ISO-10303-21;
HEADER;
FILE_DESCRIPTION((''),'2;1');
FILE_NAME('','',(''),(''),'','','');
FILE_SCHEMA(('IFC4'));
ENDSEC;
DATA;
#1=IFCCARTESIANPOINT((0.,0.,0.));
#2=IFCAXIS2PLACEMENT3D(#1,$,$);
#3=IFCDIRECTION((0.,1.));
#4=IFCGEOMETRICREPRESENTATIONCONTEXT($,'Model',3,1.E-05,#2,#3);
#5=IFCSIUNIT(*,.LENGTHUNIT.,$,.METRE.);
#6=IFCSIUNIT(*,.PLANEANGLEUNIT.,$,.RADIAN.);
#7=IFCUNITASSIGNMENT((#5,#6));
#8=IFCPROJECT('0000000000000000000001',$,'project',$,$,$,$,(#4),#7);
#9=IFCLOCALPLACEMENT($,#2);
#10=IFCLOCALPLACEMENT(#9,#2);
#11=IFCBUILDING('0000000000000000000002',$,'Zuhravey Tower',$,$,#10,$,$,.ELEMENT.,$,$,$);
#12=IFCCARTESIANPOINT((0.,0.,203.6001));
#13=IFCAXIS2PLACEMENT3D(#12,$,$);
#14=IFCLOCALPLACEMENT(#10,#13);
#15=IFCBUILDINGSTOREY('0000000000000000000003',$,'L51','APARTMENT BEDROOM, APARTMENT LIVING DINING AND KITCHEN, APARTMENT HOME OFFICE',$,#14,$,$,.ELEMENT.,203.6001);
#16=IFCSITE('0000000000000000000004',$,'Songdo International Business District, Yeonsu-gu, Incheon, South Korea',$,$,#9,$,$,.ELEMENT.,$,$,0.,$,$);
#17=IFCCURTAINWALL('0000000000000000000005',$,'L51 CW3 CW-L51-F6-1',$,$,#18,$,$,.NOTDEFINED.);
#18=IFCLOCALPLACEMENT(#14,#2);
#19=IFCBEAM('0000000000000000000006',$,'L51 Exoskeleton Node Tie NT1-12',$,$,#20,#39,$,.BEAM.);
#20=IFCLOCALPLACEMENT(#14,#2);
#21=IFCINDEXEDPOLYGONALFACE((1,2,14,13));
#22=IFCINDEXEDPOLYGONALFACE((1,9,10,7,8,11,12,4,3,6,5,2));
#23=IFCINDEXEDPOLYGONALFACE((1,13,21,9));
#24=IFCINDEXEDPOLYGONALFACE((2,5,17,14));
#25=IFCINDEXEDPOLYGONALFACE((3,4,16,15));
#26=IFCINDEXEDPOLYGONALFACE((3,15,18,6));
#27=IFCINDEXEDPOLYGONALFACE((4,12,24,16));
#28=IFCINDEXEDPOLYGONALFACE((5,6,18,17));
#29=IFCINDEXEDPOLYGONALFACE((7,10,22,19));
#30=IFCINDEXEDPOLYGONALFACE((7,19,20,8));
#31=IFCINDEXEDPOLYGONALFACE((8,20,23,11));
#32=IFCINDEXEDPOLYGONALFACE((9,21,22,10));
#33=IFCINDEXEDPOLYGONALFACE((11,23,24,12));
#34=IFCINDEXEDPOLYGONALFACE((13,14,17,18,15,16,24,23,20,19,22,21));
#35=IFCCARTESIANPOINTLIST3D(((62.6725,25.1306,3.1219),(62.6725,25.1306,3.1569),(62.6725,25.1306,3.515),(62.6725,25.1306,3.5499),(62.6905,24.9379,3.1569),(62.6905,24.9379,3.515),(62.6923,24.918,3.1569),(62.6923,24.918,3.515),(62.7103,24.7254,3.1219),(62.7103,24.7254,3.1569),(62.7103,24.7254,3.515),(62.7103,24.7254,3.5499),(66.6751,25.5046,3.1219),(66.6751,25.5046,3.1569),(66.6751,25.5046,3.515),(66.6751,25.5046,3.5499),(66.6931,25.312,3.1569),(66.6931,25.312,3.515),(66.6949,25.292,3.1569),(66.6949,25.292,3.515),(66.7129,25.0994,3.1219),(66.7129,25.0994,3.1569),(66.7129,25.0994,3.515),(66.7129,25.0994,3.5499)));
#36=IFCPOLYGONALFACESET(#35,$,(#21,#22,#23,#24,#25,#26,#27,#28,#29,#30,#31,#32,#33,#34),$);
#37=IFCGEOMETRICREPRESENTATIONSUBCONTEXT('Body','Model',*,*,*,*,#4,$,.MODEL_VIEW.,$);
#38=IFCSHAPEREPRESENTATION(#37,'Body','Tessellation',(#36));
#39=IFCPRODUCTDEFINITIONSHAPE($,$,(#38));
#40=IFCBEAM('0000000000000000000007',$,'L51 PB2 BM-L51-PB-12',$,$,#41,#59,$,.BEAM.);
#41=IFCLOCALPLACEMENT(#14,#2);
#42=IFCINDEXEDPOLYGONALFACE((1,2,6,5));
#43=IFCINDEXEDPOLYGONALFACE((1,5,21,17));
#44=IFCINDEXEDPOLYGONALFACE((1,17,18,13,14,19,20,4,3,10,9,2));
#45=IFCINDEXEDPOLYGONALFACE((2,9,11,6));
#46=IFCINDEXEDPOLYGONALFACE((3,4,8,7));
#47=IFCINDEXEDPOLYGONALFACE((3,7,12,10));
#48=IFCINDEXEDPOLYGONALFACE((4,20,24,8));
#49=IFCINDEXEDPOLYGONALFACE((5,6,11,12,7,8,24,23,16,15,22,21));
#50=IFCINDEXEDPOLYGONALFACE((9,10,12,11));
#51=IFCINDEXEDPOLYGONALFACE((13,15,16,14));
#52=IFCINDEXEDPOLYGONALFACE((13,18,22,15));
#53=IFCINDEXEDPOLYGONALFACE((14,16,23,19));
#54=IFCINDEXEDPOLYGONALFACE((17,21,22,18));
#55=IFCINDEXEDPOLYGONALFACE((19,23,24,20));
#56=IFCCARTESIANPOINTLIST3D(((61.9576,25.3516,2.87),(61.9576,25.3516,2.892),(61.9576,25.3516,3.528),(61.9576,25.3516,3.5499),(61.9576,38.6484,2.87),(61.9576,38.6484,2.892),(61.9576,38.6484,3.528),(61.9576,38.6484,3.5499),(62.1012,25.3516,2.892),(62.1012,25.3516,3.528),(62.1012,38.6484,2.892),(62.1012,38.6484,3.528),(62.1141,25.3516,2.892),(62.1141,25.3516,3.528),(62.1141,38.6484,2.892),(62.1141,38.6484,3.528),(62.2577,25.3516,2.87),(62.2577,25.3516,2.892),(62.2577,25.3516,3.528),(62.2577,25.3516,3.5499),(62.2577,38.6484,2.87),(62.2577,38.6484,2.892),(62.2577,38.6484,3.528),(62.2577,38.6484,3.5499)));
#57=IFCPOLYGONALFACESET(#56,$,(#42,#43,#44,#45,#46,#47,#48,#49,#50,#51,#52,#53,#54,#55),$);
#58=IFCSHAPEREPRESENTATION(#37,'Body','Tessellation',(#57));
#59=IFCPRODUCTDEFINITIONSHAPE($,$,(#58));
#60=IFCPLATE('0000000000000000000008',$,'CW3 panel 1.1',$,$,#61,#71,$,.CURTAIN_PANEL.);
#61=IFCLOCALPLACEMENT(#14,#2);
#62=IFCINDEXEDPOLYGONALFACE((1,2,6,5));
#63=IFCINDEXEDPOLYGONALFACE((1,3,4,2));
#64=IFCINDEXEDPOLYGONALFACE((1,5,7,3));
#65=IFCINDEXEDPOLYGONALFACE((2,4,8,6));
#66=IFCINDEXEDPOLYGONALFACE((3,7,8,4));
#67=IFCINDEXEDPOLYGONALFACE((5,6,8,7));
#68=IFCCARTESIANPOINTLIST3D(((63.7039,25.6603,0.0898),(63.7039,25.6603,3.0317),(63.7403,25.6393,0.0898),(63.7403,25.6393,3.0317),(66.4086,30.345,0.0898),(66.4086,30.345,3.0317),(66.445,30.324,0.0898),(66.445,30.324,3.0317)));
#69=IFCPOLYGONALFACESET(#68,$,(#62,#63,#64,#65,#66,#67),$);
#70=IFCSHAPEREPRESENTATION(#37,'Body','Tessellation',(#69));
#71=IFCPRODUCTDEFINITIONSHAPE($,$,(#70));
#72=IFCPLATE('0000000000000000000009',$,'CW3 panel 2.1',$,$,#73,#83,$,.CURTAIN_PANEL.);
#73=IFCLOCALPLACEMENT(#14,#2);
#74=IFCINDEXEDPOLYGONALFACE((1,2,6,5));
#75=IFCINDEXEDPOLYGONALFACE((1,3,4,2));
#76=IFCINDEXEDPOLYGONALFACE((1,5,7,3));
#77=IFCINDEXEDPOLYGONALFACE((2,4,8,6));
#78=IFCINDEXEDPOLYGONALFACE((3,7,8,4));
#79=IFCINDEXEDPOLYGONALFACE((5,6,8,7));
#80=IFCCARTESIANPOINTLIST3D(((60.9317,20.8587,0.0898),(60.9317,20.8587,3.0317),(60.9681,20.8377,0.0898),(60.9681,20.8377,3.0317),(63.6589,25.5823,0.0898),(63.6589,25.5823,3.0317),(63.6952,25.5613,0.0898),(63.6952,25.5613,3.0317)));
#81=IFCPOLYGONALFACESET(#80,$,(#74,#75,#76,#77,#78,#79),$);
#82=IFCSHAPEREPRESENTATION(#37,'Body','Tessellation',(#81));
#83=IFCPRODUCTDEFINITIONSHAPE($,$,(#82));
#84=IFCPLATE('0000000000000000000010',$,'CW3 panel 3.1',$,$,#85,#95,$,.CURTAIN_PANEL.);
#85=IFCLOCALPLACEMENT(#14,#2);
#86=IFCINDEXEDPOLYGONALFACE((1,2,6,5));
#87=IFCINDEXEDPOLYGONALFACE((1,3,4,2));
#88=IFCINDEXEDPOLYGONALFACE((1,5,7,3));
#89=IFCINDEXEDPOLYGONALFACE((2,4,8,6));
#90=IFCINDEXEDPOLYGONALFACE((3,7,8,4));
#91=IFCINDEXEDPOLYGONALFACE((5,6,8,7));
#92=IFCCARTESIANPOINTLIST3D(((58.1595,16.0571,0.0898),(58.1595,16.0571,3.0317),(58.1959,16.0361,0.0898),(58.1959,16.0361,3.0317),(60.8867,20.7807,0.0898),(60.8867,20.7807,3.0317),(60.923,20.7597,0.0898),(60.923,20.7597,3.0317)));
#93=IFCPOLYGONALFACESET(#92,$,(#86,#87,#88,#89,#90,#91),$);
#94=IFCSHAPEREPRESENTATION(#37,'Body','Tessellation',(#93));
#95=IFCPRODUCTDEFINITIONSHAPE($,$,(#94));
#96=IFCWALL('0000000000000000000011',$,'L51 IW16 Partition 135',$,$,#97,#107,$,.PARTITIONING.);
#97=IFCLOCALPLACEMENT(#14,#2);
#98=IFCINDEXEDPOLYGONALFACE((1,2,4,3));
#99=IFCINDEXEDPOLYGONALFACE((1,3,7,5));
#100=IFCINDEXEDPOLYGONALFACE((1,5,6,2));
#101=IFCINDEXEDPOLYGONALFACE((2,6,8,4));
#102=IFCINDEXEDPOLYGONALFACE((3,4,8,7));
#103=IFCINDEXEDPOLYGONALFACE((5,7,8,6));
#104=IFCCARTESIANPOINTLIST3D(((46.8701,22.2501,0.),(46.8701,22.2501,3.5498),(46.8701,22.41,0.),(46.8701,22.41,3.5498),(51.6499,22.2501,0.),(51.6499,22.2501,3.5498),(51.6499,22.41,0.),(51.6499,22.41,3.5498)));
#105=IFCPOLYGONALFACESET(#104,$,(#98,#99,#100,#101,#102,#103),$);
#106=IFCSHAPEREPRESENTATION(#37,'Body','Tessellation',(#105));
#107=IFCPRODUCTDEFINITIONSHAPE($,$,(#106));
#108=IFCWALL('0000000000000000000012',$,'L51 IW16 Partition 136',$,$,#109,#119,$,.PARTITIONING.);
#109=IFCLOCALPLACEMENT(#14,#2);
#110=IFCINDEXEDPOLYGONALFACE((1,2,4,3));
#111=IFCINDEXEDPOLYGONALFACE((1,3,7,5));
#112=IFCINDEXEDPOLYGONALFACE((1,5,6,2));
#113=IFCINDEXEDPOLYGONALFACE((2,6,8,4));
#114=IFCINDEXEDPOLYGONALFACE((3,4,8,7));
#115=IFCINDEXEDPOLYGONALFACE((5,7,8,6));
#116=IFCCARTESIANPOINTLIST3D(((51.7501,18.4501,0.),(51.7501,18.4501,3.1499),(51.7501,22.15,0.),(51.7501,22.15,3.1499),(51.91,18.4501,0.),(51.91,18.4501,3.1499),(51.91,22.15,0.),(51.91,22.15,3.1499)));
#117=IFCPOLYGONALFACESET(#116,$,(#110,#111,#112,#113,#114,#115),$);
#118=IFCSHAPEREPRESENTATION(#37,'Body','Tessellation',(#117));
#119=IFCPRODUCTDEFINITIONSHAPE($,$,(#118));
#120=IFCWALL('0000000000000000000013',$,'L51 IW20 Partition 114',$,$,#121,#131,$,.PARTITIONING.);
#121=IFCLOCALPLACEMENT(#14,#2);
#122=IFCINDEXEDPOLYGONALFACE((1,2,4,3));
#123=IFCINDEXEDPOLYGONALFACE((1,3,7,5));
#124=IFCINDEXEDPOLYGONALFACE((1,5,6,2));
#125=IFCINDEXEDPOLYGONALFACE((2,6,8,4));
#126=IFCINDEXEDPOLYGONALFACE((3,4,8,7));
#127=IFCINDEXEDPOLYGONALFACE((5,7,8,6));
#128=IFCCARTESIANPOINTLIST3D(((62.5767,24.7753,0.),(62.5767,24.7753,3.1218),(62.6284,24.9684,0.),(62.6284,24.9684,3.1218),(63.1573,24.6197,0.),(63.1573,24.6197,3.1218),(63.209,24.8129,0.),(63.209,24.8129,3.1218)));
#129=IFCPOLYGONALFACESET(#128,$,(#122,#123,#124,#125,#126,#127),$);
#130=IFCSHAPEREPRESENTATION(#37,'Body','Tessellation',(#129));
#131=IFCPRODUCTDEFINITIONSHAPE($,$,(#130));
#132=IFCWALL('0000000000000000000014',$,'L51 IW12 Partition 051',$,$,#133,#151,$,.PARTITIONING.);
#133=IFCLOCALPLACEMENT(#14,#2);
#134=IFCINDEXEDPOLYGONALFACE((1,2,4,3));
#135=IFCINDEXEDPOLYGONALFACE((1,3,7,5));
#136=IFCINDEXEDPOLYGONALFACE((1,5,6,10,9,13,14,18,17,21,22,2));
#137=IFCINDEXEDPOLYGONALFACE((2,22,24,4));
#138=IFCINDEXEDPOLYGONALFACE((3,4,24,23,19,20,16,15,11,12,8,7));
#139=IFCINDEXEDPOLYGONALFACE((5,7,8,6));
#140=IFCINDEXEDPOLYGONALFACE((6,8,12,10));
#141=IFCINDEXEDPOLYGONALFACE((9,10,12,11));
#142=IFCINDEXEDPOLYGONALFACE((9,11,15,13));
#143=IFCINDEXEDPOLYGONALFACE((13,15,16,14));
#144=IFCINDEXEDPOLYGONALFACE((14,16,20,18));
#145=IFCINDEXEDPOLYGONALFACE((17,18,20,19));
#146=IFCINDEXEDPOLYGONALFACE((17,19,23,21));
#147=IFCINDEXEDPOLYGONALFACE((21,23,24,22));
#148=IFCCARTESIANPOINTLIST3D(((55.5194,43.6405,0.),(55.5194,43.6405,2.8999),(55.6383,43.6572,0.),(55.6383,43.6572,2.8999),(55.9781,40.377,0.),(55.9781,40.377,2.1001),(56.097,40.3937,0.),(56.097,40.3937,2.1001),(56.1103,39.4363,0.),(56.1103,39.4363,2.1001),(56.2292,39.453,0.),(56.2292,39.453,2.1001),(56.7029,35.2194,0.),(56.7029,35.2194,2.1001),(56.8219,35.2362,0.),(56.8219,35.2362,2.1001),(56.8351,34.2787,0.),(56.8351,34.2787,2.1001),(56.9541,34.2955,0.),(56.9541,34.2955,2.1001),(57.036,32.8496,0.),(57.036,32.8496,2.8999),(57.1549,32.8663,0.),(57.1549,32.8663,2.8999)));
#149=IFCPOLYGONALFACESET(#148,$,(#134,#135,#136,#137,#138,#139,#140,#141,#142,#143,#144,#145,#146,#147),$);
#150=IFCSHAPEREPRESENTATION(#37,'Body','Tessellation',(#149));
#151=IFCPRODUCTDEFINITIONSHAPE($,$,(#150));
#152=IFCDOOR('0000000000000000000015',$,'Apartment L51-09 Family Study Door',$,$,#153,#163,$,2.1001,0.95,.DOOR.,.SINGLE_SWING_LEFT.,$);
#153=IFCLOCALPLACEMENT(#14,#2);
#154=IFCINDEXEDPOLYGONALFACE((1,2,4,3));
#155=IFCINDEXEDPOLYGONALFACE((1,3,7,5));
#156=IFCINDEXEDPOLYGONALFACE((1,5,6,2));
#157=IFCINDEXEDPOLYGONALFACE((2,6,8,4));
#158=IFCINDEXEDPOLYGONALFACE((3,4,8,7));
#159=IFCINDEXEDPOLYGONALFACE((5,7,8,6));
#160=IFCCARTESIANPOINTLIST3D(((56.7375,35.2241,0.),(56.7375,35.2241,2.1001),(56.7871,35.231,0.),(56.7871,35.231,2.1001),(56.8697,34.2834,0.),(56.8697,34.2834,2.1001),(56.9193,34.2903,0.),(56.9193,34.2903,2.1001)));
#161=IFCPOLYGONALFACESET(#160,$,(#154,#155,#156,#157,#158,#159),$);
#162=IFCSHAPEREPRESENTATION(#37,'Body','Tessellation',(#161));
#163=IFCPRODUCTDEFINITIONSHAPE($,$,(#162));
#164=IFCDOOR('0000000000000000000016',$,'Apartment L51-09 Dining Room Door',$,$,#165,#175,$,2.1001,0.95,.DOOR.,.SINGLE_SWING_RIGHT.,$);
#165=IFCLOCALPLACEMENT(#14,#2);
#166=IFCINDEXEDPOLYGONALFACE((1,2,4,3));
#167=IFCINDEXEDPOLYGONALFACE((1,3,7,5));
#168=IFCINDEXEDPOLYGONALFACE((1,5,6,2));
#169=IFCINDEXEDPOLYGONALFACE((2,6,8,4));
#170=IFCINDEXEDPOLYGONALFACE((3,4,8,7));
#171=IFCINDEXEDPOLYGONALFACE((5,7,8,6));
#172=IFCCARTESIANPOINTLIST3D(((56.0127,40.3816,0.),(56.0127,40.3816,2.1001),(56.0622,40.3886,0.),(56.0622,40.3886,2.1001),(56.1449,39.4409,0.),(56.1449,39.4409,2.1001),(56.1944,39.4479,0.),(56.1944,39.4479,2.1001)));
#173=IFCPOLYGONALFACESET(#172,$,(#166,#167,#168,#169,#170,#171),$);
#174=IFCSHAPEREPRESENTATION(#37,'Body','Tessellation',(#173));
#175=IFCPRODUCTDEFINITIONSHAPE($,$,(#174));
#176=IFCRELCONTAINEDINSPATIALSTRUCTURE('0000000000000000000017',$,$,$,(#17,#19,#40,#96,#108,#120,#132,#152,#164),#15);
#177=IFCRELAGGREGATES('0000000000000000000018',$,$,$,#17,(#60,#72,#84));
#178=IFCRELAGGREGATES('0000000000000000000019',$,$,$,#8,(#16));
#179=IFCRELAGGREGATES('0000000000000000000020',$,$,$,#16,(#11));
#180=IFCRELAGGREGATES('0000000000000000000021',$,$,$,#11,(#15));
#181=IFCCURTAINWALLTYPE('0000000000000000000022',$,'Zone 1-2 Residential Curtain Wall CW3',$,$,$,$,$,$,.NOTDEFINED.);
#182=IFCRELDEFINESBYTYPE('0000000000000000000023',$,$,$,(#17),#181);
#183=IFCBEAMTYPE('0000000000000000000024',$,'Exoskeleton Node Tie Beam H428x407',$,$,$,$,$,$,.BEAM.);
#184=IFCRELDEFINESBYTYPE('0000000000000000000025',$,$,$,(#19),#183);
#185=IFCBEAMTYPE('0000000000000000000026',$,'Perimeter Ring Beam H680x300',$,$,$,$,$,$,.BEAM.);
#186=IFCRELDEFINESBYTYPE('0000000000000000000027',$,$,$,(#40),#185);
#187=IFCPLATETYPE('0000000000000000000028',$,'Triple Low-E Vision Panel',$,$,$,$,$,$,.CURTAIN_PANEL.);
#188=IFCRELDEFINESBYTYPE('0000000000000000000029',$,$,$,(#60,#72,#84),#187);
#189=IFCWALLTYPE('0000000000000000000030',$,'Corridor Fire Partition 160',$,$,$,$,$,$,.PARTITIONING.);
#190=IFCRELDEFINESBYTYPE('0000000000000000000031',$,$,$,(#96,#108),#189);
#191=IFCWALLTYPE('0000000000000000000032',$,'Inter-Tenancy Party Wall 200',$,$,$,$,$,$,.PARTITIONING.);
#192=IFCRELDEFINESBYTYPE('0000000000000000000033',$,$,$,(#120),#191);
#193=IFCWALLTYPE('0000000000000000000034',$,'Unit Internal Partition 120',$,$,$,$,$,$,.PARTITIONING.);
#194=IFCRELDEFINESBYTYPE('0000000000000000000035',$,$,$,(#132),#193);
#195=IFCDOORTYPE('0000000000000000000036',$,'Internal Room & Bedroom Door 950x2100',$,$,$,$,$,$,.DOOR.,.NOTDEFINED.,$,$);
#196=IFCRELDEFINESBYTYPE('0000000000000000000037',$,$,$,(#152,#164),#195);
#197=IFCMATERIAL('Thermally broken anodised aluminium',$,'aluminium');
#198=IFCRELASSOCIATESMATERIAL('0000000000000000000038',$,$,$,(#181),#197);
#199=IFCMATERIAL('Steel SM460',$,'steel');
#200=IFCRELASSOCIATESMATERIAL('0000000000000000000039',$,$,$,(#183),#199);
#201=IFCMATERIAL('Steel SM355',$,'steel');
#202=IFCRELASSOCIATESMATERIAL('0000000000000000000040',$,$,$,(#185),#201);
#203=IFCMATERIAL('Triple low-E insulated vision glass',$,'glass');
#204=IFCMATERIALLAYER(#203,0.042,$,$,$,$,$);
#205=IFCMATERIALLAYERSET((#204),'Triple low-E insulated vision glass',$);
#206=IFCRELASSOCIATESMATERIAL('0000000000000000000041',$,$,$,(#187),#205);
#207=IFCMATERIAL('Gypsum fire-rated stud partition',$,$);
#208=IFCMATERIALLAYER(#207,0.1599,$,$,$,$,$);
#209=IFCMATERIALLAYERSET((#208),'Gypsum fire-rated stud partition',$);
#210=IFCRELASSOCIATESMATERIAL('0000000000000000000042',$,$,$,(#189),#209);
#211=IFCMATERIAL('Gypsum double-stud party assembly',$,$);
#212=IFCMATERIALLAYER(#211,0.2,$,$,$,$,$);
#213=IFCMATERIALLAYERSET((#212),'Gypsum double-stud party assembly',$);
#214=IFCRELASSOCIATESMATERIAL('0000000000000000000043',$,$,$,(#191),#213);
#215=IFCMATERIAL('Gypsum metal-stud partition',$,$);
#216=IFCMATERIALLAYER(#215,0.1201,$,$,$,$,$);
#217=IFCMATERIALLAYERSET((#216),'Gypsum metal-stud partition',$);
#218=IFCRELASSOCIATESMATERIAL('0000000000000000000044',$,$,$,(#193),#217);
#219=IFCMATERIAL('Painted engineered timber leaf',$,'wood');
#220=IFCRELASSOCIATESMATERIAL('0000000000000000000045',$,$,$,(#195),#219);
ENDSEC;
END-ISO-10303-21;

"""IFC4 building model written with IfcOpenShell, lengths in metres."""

from ifc_helpers import new_model, si_unit, direction, frame, frame_2d, origin, origin_2d, place, context, subcontext, project, spatial, rectangle, i_section, extrude, material, layer, layer_set, material_profile, profile_set, type_object, element, fill, aggregate, save


model = new_model("IFC4")

# Units and contexts
model_context = context("Model", 3, precision=1e-05, world=origin(), true_north=direction((0.0, 1.0)))
body_context = subcontext(model_context, "Body", "Model", "MODEL_VIEW")
ifc_project = project(units=[si_unit("LENGTHUNIT", "METRE"), si_unit("PLANEANGLEUNIT", "RADIAN")], contexts=[model_context])

# Site, building, storey
site_placement = place(None, origin())
site = spatial("IfcSite", under=ifc_project, at=site_placement, Name="Songdo International Business District, Yeonsu-gu, Incheon, South Korea", CompositionType="ELEMENT", RefElevation=0.0)
building_placement = place(site_placement, origin())
building = spatial("IfcBuilding", under=site, at=building_placement, Name="Zuhravey Tower", CompositionType="ELEMENT")
storey_placement = place(building_placement, frame((0.0, 0.0, 203.6001)))
storey = spatial("IfcBuildingStorey", under=building, at=storey_placement, Name="L51", Description="APARTMENT BEDROOM, APARTMENT LIVING DINING AND KITCHEN, APARTMENT HOME OFFICE", CompositionType="ELEMENT", Elevation=203.6001)

# Curtain wall
ifc_material_1 = material(Name="Thermally broken anodised aluminium", Category="aluminium")
curtain_wall_type = type_object("IfcCurtainWallType", Name="Zone 1-2 Residential Curtain Wall CW3", PredefinedType="NOTDEFINED", material=ifc_material_1)
curtain_wall_placement = place(storey_placement, origin())
curtain_wall = element("IfcCurtainWall", 1, at=curtain_wall_placement, inside=storey, type_object=curtain_wall_type, Name="L51 CW3 CW-L51-F6-1", PredefinedType="NOTDEFINED")

# Beams
ifc_material_2 = material(Name="Steel SM460", Category="steel")
ifc_material_profile_1 = material_profile(ifc_material_2, i_section(OverallWidth=0.407, OverallDepth=0.428, WebThickness=0.02, FlangeThickness=0.0349, at=origin_2d()), Name="H-428x407x20x35")
ifc_profile_set_1 = profile_set([ifc_material_profile_1], Name="Steel SM460")
beam_type_1 = type_object("IfcBeamType", Name="Exoskeleton Node Tie Beam H428x407", PredefinedType="BEAM", material=ifc_profile_set_1)
beam_1_placement = place(storey_placement, frame((62.6914, 24.928, 3.3359), z_axis=(0.995663, 0.093038, 0.0), x_axis=(-0.093038, 0.995663, 0.0)))
element("IfcBeam", 2, at=beam_1_placement, inside=storey, type_object=beam_type_1, Name="L51 Exoskeleton Node Tie NT1-12", PredefinedType="BEAM", context=body_context, shape_type="SweptSolid", body=[
    extrude(i_section(OverallWidth=0.407, OverallDepth=0.428, WebThickness=0.02, FlangeThickness=0.0349, at=origin_2d()), origin(), (0.0, 0.0, 1.0), 4.02),
])
ifc_material_3 = material(Name="Steel SM355", Category="steel")
ifc_material_profile_2 = material_profile(ifc_material_3, i_section(OverallWidth=0.3, OverallDepth=0.6799, WebThickness=0.0129, FlangeThickness=0.022, at=origin_2d()), Name="H-680x300x13x22")
ifc_profile_set_2 = profile_set([ifc_material_profile_2], Name="Steel SM355")
beam_type_2 = type_object("IfcBeamType", Name="Perimeter Ring Beam H680x300", PredefinedType="BEAM", material=ifc_profile_set_2)
beam_2_placement = place(storey_placement, frame((62.1077, 25.3516, 3.21), z_axis=(0.0, 1.0, 0.0), x_axis=(-1.0, 0.0, 0.0)))
element("IfcBeam", 3, at=beam_2_placement, inside=storey, type_object=beam_type_2, Name="L51 PB2 BM-L51-PB-12", PredefinedType="BEAM", context=body_context, shape_type="SweptSolid", body=[
    extrude(i_section(OverallWidth=0.3, OverallDepth=0.6799, WebThickness=0.0129, FlangeThickness=0.022, at=origin_2d()), origin(), (0.0, 0.0, 1.0), 13.2969),
])

# Plates
ifc_material_4 = material(Name="Triple low-E insulated vision glass", Category="glass")
ifc_layer_1 = layer(ifc_material_4, 0.042)
ifc_layer_set_1 = layer_set([ifc_layer_1], Name="Triple low-E insulated vision glass")
plate_type = type_object("IfcPlateType", Name="Triple Low-E Vision Panel", PredefinedType="CURTAIN_PANEL", material=ifc_layer_set_1)
plate_1_placement = place(storey_placement, frame((65.0745, 27.9922, 0.0898), z_axis=(0.0, 0.0, 1.0), x_axis=(-0.5, -0.866025, 0.0)))
plate_1 = element("IfcPlate", 4, at=plate_1_placement, type_object=plate_type, Name="CW3 panel 1.1", PredefinedType="CURTAIN_PANEL", context=body_context, shape_type="SweptSolid", body=[
    extrude(rectangle(XDim=5.4094, YDim=0.042, at=origin_2d()), origin(), (0.0, 0.0, 1.0), 2.9419),
])
plate_2_placement = place(storey_placement, frame((62.3135, 23.21, 0.0898), z_axis=(0.0, 0.0, 1.0), x_axis=(-0.5, -0.866025, 0.0)))
plate_2 = element("IfcPlate", 5, at=plate_2_placement, type_object=plate_type, Name="CW3 panel 2.1", PredefinedType="CURTAIN_PANEL", context=body_context, shape_type="SweptSolid", body=[
    extrude(rectangle(XDim=5.4543, YDim=0.042, at=origin_2d()), origin(), (0.0, 0.0, 1.0), 2.9419),
])
plate_3_placement = place(storey_placement, frame((59.5413, 18.4084, 0.0898), z_axis=(0.0, 0.0, 1.0), x_axis=(-0.5, -0.866025, 0.0)))
plate_3 = element("IfcPlate", 6, at=plate_3_placement, type_object=plate_type, Name="CW3 panel 3.1", PredefinedType="CURTAIN_PANEL", context=body_context, shape_type="SweptSolid", body=[
    extrude(rectangle(XDim=5.4543, YDim=0.042, at=origin_2d()), origin(), (0.0, 0.0, 1.0), 2.9419),
])
aggregate(curtain_wall, [plate_1, plate_2, plate_3])

# Walls
ifc_material_5 = material(Name="Gypsum fire-rated stud partition")
ifc_layer_2 = layer(ifc_material_5, 0.1599)
ifc_layer_set_2 = layer_set([ifc_layer_2], Name="Gypsum fire-rated stud partition")
wall_type_1 = type_object("IfcWallType", Name="Corridor Fire Partition 160", PredefinedType="PARTITIONING", material=ifc_layer_set_2)
wall_1_placement = place(storey_placement, frame((51.6499, 22.3301, 0.0), z_axis=(0.0, 0.0, 1.0), x_axis=(-1.0, 0.0, 0.0)))
element("IfcWall", 7, at=wall_1_placement, inside=storey, type_object=wall_type_1, Name="L51 IW16 Partition 135", PredefinedType="PARTITIONING", context=body_context, shape_type="SweptSolid", body=[
    extrude(rectangle(XDim=4.7798, YDim=0.1599, at=frame_2d((2.3899, 0.0))), origin(), (0.0, 0.0, 1.0), 3.5498),
])
wall_2_placement = place(storey_placement, frame((51.8301, 18.45, 0.0), z_axis=(0.0, 0.0, 1.0), x_axis=(0.0, 1.0, 0.0)))
element("IfcWall", 8, at=wall_2_placement, inside=storey, type_object=wall_type_1, Name="L51 IW16 Partition 136", PredefinedType="PARTITIONING", context=body_context, shape_type="SweptSolid", body=[
    extrude(rectangle(XDim=3.7, YDim=0.1599, at=frame_2d((1.8501, 0.0))), origin(), (0.0, 0.0, 1.0), 3.1499),
])
ifc_material_6 = material(Name="Gypsum double-stud party assembly")
ifc_layer_3 = layer(ifc_material_6, 0.2)
ifc_layer_set_3 = layer_set([ifc_layer_3], Name="Gypsum double-stud party assembly")
wall_type_2 = type_object("IfcWallType", Name="Inter-Tenancy Party Wall 200", PredefinedType="PARTITIONING", material=ifc_layer_set_3)
wall_3_placement = place(storey_placement, frame((62.6025, 24.8718, 0.0), z_axis=(0.0, 0.0, 1.0), x_axis=(0.965944, -0.25875, 0.0)))
element("IfcWall", 9, at=wall_3_placement, inside=storey, type_object=wall_type_2, Name="L51 IW20 Partition 114", PredefinedType="PARTITIONING", context=body_context, shape_type="SweptSolid", body=[
    extrude(rectangle(XDim=0.6011, YDim=0.2, at=frame_2d((0.3005, 0.0))), origin(), (0.0, 0.0, 1.0), 3.1218),
])

# Wall, openings, doors
ifc_material_7 = material(Name="Gypsum metal-stud partition")
ifc_layer_4 = layer(ifc_material_7, 0.1201)
ifc_layer_set_4 = layer_set([ifc_layer_4], Name="Gypsum metal-stud partition")
wall_type_3 = type_object("IfcWallType", Name="Unit Internal Partition 120", PredefinedType="PARTITIONING", material=ifc_layer_set_4)
wall_4_placement = place(storey_placement, frame((57.0955, 32.8579, 0.0), z_axis=(0.0, 0.0, 1.0), x_axis=(-0.139175, 0.990268, 0.0)))
wall_4 = element("IfcWall", 10, at=wall_4_placement, inside=storey, type_object=wall_type_3, Name="L51 IW12 Partition 051", PredefinedType="PARTITIONING", context=body_context, shape_type="SweptSolid", body=[
    extrude(rectangle(XDim=10.897, YDim=0.1201, at=frame_2d((5.4485, 0.0))), origin(), (0.0, 0.0, 1.0), 2.8999),
])
opening_1_placement = place(wall_4_placement, frame((1.4431, 0.0, 0.0)))
opening_1 = element("IfcOpeningElement", 11, at=opening_1_placement, cuts=wall_4, PredefinedType="OPENING", context=body_context, shape_type="SweptSolid", body=[
    extrude(rectangle(XDim=0.95, YDim=2.1001, at=frame_2d((0.4751, 1.05))), frame((0.0, 0.072, 0.0), z_axis=(0.0, -1.0, 0.0), x_axis=(1.0, 0.0, 0.0)), (0.0, 0.0, 1.0), 0.144),
])
opening_2_placement = place(wall_4_placement, frame((6.6514, 0.0, 0.0)))
opening_2 = element("IfcOpeningElement", 12, at=opening_2_placement, cuts=wall_4, PredefinedType="OPENING", context=body_context, shape_type="SweptSolid", body=[
    extrude(rectangle(XDim=0.95, YDim=2.1001, at=frame_2d((0.4751, 1.05))), frame((0.0, 0.072, 0.0), z_axis=(0.0, -1.0, 0.0), x_axis=(1.0, 0.0, 0.0)), (0.0, 0.0, 1.0), 0.144),
])
ifc_material_8 = material(Name="Painted engineered timber leaf", Category="wood")
door_type = type_object("IfcDoorType", Name="Internal Room & Bedroom Door 950x2100", OperationType="NOTDEFINED", PredefinedType="DOOR", material=ifc_material_8)
door_1_placement = place(opening_1_placement, frame((0.95, 0.0, 0.0), z_axis=(0.0, 0.0, 1.0), x_axis=(-1.0, 0.0, 0.0)))
door_1 = element("IfcDoor", 13, at=door_1_placement, inside=storey, type_object=door_type, Name="Apartment L51-09 Family Study Door", OperationType="SINGLE_SWING_LEFT", OverallHeight=2.1001, OverallWidth=0.95, PredefinedType="DOOR", context=body_context, shape_type="SweptSolid", body=[
    extrude(rectangle(XDim=0.95, YDim=2.1001, at=frame_2d((0.4751, 1.05))), frame((0.0, 0.0249, 0.0), z_axis=(0.0, -1.0, 0.0), x_axis=(1.0, 0.0, 0.0)), (0.0, 0.0, 1.0), 0.05),
])
fill(opening_1, door_1)
door_2_placement = place(opening_2_placement, frame((0.95, 0.0, 0.0), z_axis=(0.0, 0.0, 1.0), x_axis=(-1.0, 0.0, 0.0)))
door_2 = element("IfcDoor", 14, at=door_2_placement, inside=storey, type_object=door_type, Name="Apartment L51-09 Dining Room Door", OperationType="SINGLE_SWING_RIGHT", OverallHeight=2.1001, OverallWidth=0.95, PredefinedType="DOOR", context=body_context, shape_type="SweptSolid", body=[
    extrude(rectangle(XDim=0.95, YDim=2.1001, at=frame_2d((0.4751, 1.05))), frame((0.0, 0.0249, 0.0), z_axis=(0.0, -1.0, 0.0), x_axis=(1.0, 0.0, 0.0)), (0.0, 0.0, 1.0), 0.05),
])
fill(opening_2, door_2)

save(model, "model.ifc")
